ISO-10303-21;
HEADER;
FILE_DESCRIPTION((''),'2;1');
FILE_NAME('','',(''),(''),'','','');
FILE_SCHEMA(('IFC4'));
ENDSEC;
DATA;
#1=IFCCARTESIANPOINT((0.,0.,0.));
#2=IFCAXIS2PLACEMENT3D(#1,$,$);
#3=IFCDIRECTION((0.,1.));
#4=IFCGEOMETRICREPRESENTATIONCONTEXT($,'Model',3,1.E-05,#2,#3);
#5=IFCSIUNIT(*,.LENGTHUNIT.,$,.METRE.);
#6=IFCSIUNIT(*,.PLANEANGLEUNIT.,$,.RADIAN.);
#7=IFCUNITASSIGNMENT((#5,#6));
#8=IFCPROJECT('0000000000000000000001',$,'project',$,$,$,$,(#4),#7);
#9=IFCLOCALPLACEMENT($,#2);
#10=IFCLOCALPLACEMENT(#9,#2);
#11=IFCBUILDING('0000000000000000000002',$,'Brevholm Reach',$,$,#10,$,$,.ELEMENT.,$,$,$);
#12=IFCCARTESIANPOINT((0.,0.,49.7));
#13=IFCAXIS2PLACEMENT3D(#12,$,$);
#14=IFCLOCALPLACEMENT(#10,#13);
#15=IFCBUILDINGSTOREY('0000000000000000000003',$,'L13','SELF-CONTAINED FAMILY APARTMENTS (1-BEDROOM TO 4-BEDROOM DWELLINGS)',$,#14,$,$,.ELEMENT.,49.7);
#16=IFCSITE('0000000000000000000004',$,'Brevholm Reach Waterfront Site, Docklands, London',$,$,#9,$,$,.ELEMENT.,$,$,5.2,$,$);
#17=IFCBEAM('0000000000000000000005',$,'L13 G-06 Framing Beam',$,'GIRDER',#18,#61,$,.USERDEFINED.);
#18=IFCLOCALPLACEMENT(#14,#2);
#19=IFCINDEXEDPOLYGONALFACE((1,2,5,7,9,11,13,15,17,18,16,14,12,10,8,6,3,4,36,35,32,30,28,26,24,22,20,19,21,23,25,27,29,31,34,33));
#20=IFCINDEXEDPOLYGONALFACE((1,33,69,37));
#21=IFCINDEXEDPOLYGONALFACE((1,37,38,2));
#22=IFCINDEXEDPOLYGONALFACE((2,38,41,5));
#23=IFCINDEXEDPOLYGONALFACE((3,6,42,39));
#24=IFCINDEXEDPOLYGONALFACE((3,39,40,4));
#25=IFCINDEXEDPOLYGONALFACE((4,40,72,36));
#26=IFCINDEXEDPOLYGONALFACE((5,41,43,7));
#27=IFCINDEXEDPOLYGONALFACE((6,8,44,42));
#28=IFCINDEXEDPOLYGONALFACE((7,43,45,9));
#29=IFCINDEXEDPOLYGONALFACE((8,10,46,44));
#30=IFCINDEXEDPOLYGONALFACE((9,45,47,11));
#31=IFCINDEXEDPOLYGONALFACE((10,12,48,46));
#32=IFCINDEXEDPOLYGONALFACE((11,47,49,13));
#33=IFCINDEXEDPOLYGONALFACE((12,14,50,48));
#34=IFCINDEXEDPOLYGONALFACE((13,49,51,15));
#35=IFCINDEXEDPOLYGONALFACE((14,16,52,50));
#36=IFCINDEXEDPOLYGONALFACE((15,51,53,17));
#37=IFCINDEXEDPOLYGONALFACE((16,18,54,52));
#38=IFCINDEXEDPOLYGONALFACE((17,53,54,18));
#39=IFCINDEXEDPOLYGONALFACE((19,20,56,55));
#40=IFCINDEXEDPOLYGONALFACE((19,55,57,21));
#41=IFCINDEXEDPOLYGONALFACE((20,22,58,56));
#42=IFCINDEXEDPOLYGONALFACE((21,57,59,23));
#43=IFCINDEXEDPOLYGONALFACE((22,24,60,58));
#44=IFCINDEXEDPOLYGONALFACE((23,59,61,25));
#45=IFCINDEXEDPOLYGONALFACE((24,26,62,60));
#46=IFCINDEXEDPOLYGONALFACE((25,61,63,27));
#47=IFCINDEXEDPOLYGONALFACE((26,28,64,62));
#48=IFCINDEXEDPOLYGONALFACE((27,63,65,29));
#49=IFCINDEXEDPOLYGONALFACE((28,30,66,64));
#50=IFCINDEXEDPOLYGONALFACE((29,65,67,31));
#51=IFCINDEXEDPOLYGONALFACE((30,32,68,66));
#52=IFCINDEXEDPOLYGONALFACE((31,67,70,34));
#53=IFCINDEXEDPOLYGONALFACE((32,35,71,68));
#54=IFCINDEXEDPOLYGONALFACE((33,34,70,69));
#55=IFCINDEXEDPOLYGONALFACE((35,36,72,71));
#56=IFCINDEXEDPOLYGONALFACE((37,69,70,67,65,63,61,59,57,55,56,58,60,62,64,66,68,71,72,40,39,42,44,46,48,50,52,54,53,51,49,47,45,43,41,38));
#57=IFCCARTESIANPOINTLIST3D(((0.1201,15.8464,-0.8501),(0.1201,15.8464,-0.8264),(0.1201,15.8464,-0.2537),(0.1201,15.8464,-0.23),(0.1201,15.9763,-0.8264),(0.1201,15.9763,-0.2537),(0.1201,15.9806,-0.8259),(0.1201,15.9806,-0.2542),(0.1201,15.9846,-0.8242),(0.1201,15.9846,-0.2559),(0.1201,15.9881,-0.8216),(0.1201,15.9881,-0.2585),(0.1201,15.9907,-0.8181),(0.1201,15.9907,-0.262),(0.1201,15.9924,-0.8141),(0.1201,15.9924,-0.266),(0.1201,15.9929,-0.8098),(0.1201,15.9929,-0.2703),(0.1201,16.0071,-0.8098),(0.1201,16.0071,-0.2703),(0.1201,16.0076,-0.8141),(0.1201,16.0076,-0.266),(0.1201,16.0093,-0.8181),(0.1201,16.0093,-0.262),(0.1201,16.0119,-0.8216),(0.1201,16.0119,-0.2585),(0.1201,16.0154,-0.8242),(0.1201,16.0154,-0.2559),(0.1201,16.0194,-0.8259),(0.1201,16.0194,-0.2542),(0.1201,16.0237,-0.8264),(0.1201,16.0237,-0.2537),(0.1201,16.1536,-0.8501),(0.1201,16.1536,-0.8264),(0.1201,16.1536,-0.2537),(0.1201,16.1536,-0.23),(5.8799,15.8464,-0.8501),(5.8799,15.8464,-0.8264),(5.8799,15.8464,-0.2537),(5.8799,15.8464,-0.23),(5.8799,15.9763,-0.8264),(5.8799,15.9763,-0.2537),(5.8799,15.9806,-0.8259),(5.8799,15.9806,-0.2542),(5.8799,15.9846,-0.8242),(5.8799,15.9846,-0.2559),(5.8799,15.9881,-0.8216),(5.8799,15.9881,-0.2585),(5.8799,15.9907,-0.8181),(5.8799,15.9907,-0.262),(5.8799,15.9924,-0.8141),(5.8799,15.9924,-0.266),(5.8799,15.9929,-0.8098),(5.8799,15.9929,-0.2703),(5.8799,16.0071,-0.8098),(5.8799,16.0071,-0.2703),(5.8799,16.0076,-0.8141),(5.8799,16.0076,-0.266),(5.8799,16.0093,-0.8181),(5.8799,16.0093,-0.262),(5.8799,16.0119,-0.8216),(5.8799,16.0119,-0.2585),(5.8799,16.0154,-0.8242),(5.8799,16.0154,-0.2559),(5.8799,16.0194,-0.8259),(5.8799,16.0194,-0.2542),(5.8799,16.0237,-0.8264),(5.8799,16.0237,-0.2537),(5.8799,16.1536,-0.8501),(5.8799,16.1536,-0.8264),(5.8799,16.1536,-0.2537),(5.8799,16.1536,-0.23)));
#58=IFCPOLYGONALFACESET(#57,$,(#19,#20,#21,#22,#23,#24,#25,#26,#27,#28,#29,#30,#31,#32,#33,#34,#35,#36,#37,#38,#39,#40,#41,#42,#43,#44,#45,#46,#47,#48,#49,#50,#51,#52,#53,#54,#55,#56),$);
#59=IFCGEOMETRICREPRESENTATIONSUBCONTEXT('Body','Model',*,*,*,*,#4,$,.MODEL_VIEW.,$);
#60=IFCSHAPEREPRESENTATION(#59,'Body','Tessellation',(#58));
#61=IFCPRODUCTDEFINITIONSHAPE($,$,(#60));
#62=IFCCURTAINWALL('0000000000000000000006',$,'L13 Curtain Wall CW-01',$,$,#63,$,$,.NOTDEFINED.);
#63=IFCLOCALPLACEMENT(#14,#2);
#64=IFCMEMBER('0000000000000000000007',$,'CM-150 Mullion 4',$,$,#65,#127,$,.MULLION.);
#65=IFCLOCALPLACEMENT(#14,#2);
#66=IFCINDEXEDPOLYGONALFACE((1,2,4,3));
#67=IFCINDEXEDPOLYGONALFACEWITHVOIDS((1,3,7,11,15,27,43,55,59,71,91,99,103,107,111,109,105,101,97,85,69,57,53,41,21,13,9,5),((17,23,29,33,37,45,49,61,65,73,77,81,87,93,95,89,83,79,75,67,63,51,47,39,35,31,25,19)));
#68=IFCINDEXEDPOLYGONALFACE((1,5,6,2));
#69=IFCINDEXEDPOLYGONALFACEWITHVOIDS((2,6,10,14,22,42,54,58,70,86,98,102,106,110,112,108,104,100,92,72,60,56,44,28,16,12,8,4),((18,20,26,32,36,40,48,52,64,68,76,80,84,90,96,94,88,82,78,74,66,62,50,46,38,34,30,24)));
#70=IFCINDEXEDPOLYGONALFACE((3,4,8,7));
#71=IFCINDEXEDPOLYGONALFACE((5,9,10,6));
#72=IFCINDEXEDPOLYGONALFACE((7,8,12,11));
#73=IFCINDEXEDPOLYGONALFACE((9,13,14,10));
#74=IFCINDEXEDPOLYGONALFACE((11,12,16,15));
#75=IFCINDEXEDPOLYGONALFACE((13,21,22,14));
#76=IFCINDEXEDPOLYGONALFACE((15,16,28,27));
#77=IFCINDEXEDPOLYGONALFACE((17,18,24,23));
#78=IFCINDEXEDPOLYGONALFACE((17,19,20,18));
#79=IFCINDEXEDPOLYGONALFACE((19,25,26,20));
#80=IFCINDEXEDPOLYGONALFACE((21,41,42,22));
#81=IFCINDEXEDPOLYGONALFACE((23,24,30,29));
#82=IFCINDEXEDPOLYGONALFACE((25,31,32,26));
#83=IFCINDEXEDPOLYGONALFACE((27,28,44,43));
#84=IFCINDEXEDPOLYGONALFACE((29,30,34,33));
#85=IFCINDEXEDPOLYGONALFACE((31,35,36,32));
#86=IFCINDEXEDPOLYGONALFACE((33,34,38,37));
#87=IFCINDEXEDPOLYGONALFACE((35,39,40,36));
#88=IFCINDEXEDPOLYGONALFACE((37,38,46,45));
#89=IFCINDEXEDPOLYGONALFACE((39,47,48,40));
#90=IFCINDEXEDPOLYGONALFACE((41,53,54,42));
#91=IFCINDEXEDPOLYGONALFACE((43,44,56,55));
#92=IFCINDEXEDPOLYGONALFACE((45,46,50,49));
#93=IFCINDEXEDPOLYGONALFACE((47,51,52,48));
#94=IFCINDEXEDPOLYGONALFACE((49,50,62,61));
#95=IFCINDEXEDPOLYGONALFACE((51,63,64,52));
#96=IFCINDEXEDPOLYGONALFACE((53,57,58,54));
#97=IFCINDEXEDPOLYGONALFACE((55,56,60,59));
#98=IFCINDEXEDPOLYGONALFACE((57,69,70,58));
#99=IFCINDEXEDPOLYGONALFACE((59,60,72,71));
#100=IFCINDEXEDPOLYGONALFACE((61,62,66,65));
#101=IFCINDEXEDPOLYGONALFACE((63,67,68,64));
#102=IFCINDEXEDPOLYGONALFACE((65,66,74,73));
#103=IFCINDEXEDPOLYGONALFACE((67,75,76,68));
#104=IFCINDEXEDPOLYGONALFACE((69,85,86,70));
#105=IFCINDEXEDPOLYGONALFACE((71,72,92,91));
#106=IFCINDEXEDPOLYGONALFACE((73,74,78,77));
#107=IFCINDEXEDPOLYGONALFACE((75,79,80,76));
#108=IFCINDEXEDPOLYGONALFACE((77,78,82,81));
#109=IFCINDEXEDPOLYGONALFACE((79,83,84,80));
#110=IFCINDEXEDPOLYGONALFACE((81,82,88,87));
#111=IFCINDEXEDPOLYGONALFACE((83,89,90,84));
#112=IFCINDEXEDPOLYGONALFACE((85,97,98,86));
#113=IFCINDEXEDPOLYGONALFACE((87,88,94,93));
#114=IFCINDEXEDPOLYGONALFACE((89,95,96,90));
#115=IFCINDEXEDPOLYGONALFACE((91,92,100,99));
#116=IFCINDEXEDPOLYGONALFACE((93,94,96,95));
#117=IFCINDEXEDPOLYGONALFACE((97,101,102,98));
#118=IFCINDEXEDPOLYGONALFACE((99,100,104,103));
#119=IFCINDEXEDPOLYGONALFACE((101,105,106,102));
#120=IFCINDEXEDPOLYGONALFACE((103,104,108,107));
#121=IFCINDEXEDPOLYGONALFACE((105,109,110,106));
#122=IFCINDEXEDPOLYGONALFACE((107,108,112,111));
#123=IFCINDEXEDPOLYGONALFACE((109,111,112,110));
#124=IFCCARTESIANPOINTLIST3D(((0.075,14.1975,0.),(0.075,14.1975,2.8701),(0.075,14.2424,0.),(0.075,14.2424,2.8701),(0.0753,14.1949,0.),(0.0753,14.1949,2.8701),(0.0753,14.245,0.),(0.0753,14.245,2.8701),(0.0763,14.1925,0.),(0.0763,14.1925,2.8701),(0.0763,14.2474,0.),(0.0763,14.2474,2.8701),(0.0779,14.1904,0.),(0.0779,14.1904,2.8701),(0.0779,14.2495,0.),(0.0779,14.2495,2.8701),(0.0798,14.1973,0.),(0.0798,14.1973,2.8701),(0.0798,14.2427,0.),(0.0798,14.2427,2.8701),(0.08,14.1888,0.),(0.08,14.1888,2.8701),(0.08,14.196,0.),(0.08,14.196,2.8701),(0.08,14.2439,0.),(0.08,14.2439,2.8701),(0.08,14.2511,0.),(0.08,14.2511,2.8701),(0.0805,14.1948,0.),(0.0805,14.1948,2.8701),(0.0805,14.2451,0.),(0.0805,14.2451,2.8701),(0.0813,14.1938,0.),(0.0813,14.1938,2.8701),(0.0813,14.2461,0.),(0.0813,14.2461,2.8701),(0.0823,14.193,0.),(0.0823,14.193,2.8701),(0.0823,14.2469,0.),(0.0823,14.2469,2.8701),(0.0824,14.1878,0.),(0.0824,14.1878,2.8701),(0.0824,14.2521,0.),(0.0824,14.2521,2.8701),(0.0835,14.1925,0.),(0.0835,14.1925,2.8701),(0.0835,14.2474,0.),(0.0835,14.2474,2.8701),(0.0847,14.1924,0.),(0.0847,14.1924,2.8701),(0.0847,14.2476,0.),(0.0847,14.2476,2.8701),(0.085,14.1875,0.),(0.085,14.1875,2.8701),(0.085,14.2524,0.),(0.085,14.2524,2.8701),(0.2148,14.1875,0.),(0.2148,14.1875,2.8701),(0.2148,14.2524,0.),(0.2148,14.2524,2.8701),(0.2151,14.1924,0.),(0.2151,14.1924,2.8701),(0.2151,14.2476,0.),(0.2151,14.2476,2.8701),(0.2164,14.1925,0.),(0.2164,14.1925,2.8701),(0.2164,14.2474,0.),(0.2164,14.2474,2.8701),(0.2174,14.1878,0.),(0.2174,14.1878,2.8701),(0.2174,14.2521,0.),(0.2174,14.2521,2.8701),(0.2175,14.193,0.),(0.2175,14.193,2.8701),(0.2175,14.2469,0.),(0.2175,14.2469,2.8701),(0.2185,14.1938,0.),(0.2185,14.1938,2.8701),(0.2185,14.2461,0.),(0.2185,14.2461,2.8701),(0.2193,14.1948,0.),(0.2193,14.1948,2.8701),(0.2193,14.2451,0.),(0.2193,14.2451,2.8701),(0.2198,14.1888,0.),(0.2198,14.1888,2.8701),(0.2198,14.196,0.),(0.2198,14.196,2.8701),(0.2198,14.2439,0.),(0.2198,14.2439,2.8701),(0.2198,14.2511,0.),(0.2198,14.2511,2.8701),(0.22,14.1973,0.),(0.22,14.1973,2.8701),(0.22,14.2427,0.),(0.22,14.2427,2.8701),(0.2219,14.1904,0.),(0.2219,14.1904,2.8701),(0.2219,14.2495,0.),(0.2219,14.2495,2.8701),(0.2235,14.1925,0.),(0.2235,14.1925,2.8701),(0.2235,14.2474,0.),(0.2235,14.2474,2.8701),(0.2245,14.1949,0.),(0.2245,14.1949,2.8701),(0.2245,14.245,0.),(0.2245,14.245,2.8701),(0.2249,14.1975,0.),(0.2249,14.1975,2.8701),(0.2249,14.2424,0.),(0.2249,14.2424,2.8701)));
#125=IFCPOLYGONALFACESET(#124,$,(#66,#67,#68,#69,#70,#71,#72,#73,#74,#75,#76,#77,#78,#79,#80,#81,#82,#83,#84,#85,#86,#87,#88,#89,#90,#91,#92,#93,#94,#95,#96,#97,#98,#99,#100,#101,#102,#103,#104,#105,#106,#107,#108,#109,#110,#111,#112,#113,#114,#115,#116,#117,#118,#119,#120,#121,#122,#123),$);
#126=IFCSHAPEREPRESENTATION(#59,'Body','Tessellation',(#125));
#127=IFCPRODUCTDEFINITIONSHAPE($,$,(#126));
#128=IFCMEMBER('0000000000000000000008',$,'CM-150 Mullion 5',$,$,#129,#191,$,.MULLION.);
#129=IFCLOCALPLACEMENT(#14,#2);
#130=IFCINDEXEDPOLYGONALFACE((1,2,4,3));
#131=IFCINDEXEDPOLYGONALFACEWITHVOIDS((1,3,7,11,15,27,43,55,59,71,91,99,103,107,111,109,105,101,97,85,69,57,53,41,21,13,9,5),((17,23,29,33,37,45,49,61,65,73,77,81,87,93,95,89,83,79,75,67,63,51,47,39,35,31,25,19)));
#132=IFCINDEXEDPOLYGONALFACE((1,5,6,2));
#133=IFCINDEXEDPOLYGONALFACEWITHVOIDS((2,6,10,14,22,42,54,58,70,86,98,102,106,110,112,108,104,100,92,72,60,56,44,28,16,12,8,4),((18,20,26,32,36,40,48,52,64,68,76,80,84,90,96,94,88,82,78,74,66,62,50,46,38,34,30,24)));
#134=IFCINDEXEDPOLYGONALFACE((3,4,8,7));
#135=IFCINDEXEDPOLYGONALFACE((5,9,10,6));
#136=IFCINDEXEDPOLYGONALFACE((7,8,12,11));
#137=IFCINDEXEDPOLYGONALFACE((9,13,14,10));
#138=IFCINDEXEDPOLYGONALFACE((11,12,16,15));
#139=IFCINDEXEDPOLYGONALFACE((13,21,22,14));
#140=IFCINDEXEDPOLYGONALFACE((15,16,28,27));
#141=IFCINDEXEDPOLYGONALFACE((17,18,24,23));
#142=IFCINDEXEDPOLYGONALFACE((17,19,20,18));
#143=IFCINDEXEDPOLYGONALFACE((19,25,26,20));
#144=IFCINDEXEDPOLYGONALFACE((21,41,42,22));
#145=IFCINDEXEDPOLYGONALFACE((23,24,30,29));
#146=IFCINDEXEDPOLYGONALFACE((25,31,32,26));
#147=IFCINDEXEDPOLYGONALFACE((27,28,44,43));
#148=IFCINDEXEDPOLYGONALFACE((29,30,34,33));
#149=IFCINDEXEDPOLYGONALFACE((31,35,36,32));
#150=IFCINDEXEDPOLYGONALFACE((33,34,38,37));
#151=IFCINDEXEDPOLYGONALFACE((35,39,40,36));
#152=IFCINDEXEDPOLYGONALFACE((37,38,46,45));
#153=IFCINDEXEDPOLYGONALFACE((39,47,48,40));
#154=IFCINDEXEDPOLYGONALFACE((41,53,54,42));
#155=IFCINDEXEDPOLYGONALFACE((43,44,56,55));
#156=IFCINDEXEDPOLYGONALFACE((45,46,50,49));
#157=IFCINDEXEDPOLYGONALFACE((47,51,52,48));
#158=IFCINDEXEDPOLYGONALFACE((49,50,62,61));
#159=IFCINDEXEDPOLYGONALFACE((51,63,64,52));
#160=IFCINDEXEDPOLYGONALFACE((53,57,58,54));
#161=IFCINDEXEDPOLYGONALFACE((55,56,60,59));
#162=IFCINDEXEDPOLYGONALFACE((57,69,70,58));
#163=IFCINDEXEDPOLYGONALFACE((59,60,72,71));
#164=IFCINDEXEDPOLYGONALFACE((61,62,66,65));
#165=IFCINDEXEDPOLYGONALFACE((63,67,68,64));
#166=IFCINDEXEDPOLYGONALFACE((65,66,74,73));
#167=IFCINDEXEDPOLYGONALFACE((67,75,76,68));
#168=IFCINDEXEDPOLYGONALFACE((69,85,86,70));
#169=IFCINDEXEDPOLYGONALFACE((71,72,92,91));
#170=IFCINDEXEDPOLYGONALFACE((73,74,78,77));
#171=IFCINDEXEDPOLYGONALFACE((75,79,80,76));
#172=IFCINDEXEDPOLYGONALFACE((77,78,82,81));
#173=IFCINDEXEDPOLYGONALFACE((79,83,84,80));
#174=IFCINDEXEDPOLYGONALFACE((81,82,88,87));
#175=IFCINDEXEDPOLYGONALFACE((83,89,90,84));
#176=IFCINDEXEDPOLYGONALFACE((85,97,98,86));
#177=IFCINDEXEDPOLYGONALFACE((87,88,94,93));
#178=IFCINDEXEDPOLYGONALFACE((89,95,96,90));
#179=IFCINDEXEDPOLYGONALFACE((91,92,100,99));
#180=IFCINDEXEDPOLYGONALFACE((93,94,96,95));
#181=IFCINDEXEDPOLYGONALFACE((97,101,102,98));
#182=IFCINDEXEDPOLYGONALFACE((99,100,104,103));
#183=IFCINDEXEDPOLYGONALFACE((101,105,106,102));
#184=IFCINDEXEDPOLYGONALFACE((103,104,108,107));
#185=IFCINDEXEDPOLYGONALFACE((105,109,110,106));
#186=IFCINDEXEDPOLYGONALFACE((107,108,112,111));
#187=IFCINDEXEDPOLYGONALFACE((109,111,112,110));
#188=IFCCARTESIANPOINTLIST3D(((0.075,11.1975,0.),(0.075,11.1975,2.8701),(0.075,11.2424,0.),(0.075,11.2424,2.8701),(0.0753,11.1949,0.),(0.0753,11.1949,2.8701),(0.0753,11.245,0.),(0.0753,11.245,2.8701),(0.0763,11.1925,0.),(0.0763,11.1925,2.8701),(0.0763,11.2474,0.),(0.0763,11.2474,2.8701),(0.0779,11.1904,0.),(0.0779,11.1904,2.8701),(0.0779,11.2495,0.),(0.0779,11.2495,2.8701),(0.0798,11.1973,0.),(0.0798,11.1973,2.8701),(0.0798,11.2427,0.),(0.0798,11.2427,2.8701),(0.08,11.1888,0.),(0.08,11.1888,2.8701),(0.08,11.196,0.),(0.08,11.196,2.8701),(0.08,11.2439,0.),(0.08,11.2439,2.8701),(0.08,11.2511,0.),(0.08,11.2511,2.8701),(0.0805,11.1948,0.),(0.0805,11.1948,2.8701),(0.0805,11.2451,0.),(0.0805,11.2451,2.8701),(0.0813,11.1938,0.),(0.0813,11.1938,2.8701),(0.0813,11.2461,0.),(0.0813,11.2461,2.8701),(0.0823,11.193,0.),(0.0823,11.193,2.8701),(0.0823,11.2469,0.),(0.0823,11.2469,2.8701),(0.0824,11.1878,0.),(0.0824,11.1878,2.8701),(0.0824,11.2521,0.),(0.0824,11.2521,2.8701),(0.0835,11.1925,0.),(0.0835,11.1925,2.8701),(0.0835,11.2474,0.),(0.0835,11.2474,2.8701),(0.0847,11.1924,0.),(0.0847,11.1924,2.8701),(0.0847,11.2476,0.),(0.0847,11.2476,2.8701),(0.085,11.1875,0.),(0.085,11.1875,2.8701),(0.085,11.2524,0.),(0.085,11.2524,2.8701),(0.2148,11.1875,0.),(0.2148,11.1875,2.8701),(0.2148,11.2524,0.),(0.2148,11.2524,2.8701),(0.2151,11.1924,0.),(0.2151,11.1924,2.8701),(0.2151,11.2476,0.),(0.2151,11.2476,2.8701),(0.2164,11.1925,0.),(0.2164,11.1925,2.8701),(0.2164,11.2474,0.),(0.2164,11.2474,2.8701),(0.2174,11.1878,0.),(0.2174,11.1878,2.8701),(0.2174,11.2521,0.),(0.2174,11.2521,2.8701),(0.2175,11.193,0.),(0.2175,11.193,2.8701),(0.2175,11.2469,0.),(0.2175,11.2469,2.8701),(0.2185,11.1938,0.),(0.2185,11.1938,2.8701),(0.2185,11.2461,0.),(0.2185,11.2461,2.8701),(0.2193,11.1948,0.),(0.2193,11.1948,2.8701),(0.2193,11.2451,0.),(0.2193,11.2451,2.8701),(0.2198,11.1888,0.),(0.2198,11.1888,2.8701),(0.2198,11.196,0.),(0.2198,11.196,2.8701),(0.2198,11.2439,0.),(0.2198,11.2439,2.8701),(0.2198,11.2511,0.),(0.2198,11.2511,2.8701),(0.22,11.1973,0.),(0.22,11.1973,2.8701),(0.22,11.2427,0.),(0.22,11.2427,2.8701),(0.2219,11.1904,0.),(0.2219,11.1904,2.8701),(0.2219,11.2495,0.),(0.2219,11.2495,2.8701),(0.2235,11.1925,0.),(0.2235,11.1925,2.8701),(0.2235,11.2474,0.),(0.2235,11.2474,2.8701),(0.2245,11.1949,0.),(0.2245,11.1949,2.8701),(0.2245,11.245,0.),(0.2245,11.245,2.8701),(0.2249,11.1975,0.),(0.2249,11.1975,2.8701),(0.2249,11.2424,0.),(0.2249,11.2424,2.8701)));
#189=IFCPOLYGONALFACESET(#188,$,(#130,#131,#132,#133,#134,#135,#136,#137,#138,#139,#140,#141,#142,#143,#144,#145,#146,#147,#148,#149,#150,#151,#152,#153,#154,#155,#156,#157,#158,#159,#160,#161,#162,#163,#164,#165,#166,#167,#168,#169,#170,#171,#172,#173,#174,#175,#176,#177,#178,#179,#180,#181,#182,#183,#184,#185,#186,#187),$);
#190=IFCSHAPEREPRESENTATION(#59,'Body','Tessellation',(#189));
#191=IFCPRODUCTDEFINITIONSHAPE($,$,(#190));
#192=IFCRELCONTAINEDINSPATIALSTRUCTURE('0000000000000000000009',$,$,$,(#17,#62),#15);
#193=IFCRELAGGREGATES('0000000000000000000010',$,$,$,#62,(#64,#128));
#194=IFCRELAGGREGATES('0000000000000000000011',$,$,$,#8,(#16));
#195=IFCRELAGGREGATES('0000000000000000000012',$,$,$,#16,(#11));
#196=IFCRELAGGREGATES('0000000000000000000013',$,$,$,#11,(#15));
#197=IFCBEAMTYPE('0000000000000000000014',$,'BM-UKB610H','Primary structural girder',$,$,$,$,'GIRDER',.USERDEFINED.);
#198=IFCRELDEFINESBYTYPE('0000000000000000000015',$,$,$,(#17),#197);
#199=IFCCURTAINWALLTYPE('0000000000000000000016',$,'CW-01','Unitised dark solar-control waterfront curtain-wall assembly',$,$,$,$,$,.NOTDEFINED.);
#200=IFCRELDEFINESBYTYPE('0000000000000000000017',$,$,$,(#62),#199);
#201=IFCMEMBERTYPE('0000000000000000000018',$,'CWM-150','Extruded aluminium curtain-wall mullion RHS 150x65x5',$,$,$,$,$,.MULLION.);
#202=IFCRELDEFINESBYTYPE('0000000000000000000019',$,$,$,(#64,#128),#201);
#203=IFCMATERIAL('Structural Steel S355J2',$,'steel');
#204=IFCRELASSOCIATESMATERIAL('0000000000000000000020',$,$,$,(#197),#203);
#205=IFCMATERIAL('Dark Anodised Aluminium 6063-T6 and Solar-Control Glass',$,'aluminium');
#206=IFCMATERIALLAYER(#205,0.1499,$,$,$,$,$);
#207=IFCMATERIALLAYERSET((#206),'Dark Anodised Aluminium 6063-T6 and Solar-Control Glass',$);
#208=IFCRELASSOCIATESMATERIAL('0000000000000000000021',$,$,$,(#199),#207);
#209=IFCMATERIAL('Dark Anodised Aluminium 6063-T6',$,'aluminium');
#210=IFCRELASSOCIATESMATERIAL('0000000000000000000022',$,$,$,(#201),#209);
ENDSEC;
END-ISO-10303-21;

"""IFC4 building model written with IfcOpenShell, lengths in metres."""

from ifc_helpers import new_model, si_unit, direction, frame, origin, origin_2d, place, context, subcontext, project, spatial, hollow_rectangle, i_section, extrude, material, layer, layer_set, material_profile, profile_set, type_object, element, aggregate, save


model = new_model("IFC4")

# Units and contexts
model_context = context("Model", 3, precision=1e-05, world=origin(), true_north=direction((0.0, 1.0)))
body_context = subcontext(model_context, "Body", "Model", "MODEL_VIEW")
ifc_project = project(units=[si_unit("LENGTHUNIT", "METRE"), si_unit("PLANEANGLEUNIT", "RADIAN")], contexts=[model_context])

# Site, building, storey
site_placement = place(None, origin())
site = spatial("IfcSite", under=ifc_project, at=site_placement, Name="Brevholm Reach Waterfront Site, Docklands, London", CompositionType="ELEMENT", RefElevation=5.2)
building_placement = place(site_placement, origin())
building = spatial("IfcBuilding", under=site, at=building_placement, Name="Brevholm Reach", CompositionType="ELEMENT")
storey_placement = place(building_placement, frame((0.0, 0.0, 49.7)))
storey = spatial("IfcBuildingStorey", under=building, at=storey_placement, Name="L13", Description="SELF-CONTAINED FAMILY APARTMENTS (1-BEDROOM TO 4-BEDROOM DWELLINGS)", CompositionType="ELEMENT", Elevation=49.7)

# Beam
ifc_material_1 = material(Name="Structural Steel S355J2", Category="steel")
ifc_material_profile_1 = material_profile(ifc_material_1, i_section(OverallWidth=0.3071, OverallDepth=0.6201, WebThickness=0.0142, FlangeThickness=0.0237, FilletRadius=0.0166, at=origin_2d()), Name="UKB 610x305x179")
ifc_profile_set_1 = profile_set([ifc_material_profile_1], Name="Structural Steel S355J2")
beam_type_1 = type_object("IfcBeamType", Name="BM-UKB610H", Description="Primary structural girder", ElementType="GIRDER", PredefinedType="USERDEFINED", material=ifc_profile_set_1)
for number, where, z_axis, x_axis, name in (
    (1, (0.1201, 16.0, -0.54), (1.0, 0.0, 0.0), (0.0, 1.0, 0.0), "L13 G-06 Framing Beam"),
):
    element("IfcBeam", number, at=place(storey_placement, frame(where, z_axis=z_axis, x_axis=x_axis)), inside=storey, type_object=beam_type_1, Name=name, ObjectType="GIRDER", PredefinedType="USERDEFINED", context=body_context, shape_type="SweptSolid", body=[
        extrude(i_section(OverallWidth=0.3071, OverallDepth=0.6201, WebThickness=0.0142, FlangeThickness=0.0237, FilletRadius=0.0166, at=origin_2d()), origin(), (0.0, 0.0, 1.0), 5.7598),
    ])

# Curtain wall, members
ifc_material_2 = material(Name="Dark Anodised Aluminium 6063-T6 and Solar-Control Glass", Category="aluminium")
ifc_layer_1 = layer(ifc_material_2, 0.1499)
ifc_layer_set_1 = layer_set([ifc_layer_1], Name="Dark Anodised Aluminium 6063-T6 and Solar-Control Glass")
curtain_wall_type = type_object("IfcCurtainWallType", Name="CW-01", Description="Unitised dark solar-control waterfront curtain-wall assembly", PredefinedType="NOTDEFINED", material=ifc_layer_set_1)
curtain_wall_placement = place(storey_placement, origin())
curtain_wall = element("IfcCurtainWall", 2, at=curtain_wall_placement, inside=storey, type_object=curtain_wall_type, Name="L13 Curtain Wall CW-01", PredefinedType="NOTDEFINED")
ifc_material_3 = material(Name="Dark Anodised Aluminium 6063-T6", Category="aluminium")
ifc_material_profile_2 = material_profile(ifc_material_3, hollow_rectangle(XDim=0.0649, YDim=0.1499, WallThickness=0.0049, InnerFilletRadius=0.0049, OuterFilletRadius=0.01, at=origin_2d()), Name="RHS 150x65x5")
ifc_profile_set_2 = profile_set([ifc_material_profile_2], Name="Dark Anodised Aluminium 6063-T6")
member_type_1 = type_object("IfcMemberType", Name="CWM-150", Description="Extruded aluminium curtain-wall mullion RHS 150x65x5", PredefinedType="MULLION", material=ifc_profile_set_2)
member_1_placement = place(storey_placement, frame((0.1499, 14.22, 0.0), z_axis=(0.0, 0.0, 1.0), x_axis=(0.0, -1.0, 0.0)))
member_1 = element("IfcMember", 3, at=member_1_placement, type_object=member_type_1, Name="CM-150 Mullion 4", PredefinedType="MULLION", context=body_context, shape_type="SweptSolid", body=[
    extrude(hollow_rectangle(XDim=0.0649, YDim=0.1499, WallThickness=0.0049, InnerFilletRadius=0.0049, OuterFilletRadius=0.01, at=origin_2d()), origin(), (0.0, 0.0, 1.0), 2.8701),
])
member_2_placement = place(storey_placement, frame((0.1499, 11.22, 0.0), z_axis=(0.0, 0.0, 1.0), x_axis=(0.0, -1.0, 0.0)))
member_2 = element("IfcMember", 4, at=member_2_placement, type_object=member_type_1, Name="CM-150 Mullion 5", PredefinedType="MULLION", context=body_context, shape_type="SweptSolid", body=[
    extrude(hollow_rectangle(XDim=0.0649, YDim=0.1499, WallThickness=0.0049, InnerFilletRadius=0.0049, OuterFilletRadius=0.01, at=origin_2d()), origin(), (0.0, 0.0, 1.0), 2.8701),
])
aggregate(curtain_wall, [member_1, member_2])

save(model, "model.ifc")
